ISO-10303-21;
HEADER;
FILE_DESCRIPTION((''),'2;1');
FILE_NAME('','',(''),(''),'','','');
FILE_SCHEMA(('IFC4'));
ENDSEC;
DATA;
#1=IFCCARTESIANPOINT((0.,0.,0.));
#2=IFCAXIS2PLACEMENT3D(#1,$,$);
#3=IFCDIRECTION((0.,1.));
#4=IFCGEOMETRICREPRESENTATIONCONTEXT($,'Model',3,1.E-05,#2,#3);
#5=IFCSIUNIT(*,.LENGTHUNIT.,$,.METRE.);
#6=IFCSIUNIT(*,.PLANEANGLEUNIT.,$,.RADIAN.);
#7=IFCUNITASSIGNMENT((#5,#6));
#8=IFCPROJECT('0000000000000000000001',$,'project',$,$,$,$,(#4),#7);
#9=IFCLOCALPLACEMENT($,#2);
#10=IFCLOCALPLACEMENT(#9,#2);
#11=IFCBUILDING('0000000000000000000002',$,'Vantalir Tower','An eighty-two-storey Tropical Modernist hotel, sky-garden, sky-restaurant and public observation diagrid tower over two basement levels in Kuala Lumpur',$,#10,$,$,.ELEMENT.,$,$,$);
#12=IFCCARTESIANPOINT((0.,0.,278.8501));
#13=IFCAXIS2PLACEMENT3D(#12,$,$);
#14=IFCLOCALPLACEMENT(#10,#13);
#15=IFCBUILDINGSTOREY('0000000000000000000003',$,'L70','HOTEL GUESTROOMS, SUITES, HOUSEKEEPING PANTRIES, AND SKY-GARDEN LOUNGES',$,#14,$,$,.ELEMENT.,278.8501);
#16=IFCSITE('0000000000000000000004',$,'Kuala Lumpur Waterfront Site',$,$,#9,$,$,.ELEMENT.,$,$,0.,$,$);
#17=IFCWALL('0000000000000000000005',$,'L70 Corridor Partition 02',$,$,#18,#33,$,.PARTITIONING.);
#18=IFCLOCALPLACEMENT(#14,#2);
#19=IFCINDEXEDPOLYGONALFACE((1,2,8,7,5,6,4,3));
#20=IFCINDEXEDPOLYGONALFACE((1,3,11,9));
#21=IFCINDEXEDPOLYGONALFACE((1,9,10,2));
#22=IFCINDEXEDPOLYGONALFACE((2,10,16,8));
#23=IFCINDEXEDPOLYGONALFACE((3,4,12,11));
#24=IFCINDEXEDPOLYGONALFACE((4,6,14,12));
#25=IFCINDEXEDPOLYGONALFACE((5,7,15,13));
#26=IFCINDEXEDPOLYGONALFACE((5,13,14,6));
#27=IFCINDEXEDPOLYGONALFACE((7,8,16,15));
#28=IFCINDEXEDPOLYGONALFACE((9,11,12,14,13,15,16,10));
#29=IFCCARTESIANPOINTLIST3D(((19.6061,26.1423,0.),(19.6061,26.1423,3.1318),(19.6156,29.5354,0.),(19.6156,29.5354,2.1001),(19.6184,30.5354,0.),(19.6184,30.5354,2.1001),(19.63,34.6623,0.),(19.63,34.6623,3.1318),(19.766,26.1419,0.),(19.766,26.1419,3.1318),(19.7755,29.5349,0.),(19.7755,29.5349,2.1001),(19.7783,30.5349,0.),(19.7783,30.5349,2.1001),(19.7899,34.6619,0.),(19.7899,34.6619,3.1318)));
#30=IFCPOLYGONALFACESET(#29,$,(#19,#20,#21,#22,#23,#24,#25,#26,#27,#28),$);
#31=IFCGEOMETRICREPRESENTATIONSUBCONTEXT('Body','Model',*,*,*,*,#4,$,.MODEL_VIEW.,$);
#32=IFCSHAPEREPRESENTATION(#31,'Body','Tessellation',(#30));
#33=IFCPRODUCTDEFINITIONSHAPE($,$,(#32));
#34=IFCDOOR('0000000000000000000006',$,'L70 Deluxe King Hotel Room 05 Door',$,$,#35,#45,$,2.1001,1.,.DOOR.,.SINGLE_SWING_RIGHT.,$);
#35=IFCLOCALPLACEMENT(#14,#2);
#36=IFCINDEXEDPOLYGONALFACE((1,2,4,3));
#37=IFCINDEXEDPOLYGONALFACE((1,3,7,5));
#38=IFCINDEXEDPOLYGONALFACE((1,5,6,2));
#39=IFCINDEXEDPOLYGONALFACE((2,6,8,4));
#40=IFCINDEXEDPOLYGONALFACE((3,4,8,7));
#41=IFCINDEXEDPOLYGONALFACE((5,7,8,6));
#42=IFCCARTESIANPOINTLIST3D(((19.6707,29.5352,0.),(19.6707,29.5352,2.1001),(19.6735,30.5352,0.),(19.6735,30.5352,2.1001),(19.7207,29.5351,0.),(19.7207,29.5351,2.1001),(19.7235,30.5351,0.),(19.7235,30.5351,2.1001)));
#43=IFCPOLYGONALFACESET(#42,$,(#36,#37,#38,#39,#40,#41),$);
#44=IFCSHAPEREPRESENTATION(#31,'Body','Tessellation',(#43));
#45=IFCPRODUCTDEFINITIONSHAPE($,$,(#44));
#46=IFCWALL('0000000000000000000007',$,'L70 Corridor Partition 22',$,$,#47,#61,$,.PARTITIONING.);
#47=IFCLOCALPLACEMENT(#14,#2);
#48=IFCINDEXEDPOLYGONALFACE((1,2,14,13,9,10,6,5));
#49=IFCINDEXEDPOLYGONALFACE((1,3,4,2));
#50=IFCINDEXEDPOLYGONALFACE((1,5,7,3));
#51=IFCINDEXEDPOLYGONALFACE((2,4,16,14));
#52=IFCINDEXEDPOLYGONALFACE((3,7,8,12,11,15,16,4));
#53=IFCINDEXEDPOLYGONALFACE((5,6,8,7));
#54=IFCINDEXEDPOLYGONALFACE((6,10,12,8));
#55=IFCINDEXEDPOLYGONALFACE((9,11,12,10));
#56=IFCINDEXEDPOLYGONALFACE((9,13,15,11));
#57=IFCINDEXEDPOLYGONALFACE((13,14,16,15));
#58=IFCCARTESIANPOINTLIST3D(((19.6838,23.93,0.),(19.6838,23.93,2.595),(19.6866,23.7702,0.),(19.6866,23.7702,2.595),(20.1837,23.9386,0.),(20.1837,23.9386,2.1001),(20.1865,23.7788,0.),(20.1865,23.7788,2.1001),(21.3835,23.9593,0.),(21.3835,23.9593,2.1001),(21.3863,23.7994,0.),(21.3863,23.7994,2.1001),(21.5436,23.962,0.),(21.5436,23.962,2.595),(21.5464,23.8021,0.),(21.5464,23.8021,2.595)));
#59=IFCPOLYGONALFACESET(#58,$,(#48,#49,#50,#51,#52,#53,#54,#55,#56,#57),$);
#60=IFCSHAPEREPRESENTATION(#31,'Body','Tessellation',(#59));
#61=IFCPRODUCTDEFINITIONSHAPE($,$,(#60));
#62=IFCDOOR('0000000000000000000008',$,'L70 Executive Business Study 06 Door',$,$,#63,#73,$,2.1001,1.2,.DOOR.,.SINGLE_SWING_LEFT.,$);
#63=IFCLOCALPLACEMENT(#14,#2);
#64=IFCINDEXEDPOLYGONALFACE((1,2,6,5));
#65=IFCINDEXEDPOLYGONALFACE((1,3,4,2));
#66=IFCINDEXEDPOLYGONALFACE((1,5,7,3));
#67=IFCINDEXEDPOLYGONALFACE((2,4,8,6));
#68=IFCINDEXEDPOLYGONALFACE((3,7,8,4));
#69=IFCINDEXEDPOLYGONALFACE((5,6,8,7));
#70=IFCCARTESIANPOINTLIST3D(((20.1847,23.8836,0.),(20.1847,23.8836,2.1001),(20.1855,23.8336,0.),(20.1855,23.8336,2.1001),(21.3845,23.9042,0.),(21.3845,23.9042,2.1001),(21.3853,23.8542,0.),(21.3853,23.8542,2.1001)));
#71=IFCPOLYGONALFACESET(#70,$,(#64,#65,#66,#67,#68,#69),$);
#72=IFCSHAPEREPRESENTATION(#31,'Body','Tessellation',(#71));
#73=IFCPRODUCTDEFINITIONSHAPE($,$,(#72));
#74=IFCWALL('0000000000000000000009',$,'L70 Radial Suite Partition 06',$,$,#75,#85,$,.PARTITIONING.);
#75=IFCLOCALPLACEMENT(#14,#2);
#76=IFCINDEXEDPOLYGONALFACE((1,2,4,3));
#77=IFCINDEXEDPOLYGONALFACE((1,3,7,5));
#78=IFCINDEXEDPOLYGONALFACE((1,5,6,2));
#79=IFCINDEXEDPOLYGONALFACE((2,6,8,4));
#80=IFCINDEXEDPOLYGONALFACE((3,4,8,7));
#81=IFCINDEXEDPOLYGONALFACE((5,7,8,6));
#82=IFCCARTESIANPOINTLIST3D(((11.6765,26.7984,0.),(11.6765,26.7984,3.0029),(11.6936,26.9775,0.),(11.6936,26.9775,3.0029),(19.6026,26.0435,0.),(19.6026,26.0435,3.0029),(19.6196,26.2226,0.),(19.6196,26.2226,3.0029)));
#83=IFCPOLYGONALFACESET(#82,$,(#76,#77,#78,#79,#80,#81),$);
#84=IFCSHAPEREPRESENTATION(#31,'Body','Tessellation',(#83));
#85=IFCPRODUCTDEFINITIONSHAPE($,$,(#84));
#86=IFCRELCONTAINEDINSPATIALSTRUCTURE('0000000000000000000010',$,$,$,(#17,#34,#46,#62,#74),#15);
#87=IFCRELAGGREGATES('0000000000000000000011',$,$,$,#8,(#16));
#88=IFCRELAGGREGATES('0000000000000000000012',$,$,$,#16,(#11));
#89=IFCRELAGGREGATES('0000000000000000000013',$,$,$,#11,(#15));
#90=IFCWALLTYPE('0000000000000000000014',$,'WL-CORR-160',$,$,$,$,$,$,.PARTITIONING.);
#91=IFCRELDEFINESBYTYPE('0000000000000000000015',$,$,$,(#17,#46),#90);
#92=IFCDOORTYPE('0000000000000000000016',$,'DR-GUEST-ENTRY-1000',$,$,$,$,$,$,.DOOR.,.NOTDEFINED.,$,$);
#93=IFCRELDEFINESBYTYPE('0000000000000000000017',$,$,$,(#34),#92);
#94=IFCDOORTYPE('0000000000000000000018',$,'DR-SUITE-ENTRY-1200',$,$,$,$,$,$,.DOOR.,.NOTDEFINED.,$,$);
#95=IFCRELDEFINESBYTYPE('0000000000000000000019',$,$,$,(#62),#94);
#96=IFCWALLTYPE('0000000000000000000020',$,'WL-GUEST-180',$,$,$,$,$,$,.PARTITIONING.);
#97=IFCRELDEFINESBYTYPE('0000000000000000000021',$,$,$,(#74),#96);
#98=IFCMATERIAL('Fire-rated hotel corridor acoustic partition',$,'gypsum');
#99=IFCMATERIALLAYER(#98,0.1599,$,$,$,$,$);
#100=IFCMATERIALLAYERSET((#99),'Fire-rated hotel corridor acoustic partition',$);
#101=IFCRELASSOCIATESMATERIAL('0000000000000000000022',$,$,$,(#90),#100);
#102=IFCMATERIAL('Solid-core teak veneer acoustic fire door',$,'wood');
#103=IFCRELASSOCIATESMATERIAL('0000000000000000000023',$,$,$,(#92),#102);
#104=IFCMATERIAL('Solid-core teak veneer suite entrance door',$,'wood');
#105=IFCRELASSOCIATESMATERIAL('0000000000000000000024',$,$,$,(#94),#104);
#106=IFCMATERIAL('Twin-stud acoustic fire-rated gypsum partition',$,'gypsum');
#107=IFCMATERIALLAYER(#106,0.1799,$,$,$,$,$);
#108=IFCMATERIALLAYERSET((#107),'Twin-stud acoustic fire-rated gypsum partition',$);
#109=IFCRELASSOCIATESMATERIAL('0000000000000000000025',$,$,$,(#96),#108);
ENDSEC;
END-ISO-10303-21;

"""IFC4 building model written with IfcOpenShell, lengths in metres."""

from ifc_helpers import new_model, si_unit, direction, frame, frame_2d, origin, place, context, subcontext, project, spatial, rectangle, extrude, material, layer, layer_set, type_object, element, fill, save


model = new_model("IFC4")

# Units and contexts
model_context = context("Model", 3, precision=1e-05, world=origin(), true_north=direction((0.0, 1.0)))
body_context = subcontext(model_context, "Body", "Model", "MODEL_VIEW")
ifc_project = project(units=[si_unit("LENGTHUNIT", "METRE"), si_unit("PLANEANGLEUNIT", "RADIAN")], contexts=[model_context])

# Site, building, storey
site_placement = place(None, origin())
site = spatial("IfcSite", under=ifc_project, at=site_placement, Name="Kuala Lumpur Waterfront Site", CompositionType="ELEMENT", RefElevation=0.0)
building_placement = place(site_placement, origin())
building = spatial("IfcBuilding", under=site, at=building_placement, Name="Vantalir Tower", Description="An eighty-two-storey Tropical Modernist hotel, sky-garden, sky-restaurant and public observation diagrid tower over two basement levels in Kuala Lumpur", CompositionType="ELEMENT")
storey_placement = place(building_placement, frame((0.0, 0.0, 278.8501)))
storey = spatial("IfcBuildingStorey", under=building, at=storey_placement, Name="L70", Description="HOTEL GUESTROOMS, SUITES, HOUSEKEEPING PANTRIES, AND SKY-GARDEN LOUNGES", CompositionType="ELEMENT", Elevation=278.8501)

# Shared definitions
ifc_material_1 = material(Name="Fire-rated hotel corridor acoustic partition", Category="gypsum")
ifc_layer_1 = layer(ifc_material_1, 0.1599)
ifc_layer_set_1 = layer_set([ifc_layer_1], Name="Fire-rated hotel corridor acoustic partition")
wall_type_1 = type_object("IfcWallType", Name="WL-CORR-160", PredefinedType="PARTITIONING", material=ifc_layer_set_1)

# Walls, openings, doors
wall_1_placement = place(storey_placement, frame((19.686, 26.1421, 0.0), z_axis=(0.0, 0.0, 1.0), x_axis=(0.002808, 0.999996, 0.0)))
wall_1 = element("IfcWall", 1, at=wall_1_placement, inside=storey, type_object=wall_type_1, Name="L70 Corridor Partition 02", PredefinedType="PARTITIONING", context=body_context, shape_type="SweptSolid", body=[
    extrude(rectangle(XDim=8.52, YDim=0.1599, at=frame_2d((4.26, 0.0))), origin(), (0.0, 0.0, 1.0), 3.1318),
])
opening_1_placement = place(wall_1_placement, frame((3.3931, 0.0, 0.0)))
opening_1 = element("IfcOpeningElement", 2, at=opening_1_placement, cuts=wall_1, PredefinedType="OPENING", context=body_context, shape_type="SweptSolid", body=[
    extrude(rectangle(XDim=1.0, YDim=2.1001, at=frame_2d((0.5, 1.05))), frame((0.0, 0.0898, 0.0), z_axis=(0.0, -1.0, 0.0), x_axis=(1.0, 0.0, 0.0)), (0.0, 0.0, 1.0), 0.1799),
])
ifc_material_2 = material(Name="Solid-core teak veneer acoustic fire door", Category="wood")
door_type_1 = type_object("IfcDoorType", Name="DR-GUEST-ENTRY-1000", OperationType="NOTDEFINED", PredefinedType="DOOR", material=ifc_material_2)
door_1_placement = place(opening_1_placement, origin())
door_1 = element("IfcDoor", 3, at=door_1_placement, inside=storey, type_object=door_type_1, Name="L70 Deluxe King Hotel Room 05 Door", OperationType="SINGLE_SWING_RIGHT", OverallHeight=2.1001, OverallWidth=1.0, PredefinedType="DOOR", context=body_context, shape_type="SweptSolid", body=[
    extrude(rectangle(XDim=1.0, YDim=2.1001, at=frame_2d((0.5, 1.05))), frame((0.0, 0.0249, 0.0), z_axis=(0.0, -1.0, 0.0), x_axis=(1.0, 0.0, 0.0)), (0.0, 0.0, 1.0), 0.05),
])
fill(opening_1, door_1)
wall_2_placement = place(storey_placement, frame((19.6851, 23.8501, 0.0), z_axis=(0.0, 0.0, 1.0), x_axis=(0.999852, 0.017194, 0.0)))
wall_2 = element("IfcWall", 4, at=wall_2_placement, inside=storey, type_object=wall_type_1, Name="L70 Corridor Partition 22", PredefinedType="PARTITIONING", context=body_context, shape_type="SweptSolid", body=[
    extrude(rectangle(XDim=1.8601, YDim=0.1599, at=frame_2d((0.9302, 0.0))), origin(), (0.0, 0.0, 1.0), 2.595),
])
opening_2_placement = place(wall_2_placement, frame((0.5, 0.0, 0.0)))
opening_2 = element("IfcOpeningElement", 5, at=opening_2_placement, cuts=wall_2, PredefinedType="OPENING", context=body_context, shape_type="SweptSolid", body=[
    extrude(rectangle(XDim=1.2, YDim=2.1001, at=frame_2d((0.6001, 1.05))), frame((0.0, 0.0898, 0.0), z_axis=(0.0, -1.0, 0.0), x_axis=(1.0, 0.0, 0.0)), (0.0, 0.0, 1.0), 0.1799),
])
ifc_material_3 = material(Name="Solid-core teak veneer suite entrance door", Category="wood")
door_type_2 = type_object("IfcDoorType", Name="DR-SUITE-ENTRY-1200", OperationType="NOTDEFINED", PredefinedType="DOOR", material=ifc_material_3)
door_2_placement = place(opening_2_placement, origin())
door_2 = element("IfcDoor", 6, at=door_2_placement, inside=storey, type_object=door_type_2, Name="L70 Executive Business Study 06 Door", OperationType="SINGLE_SWING_LEFT", OverallHeight=2.1001, OverallWidth=1.2, PredefinedType="DOOR", context=body_context, shape_type="SweptSolid", body=[
    extrude(rectangle(XDim=1.2, YDim=2.1001, at=frame_2d((0.6001, 1.05))), frame((0.0, 0.0249, 0.0), z_axis=(0.0, -1.0, 0.0), x_axis=(1.0, 0.0, 0.0)), (0.0, 0.0, 1.0), 0.05),
])
fill(opening_2, door_2)

# Wall
ifc_material_4 = material(Name="Twin-stud acoustic fire-rated gypsum partition", Category="gypsum")
ifc_layer_2 = layer(ifc_material_4, 0.1799)
ifc_layer_set_2 = layer_set([ifc_layer_2], Name="Twin-stud acoustic fire-rated gypsum partition")
wall_type_2 = type_object("IfcWallType", Name="WL-GUEST-180", PredefinedType="PARTITIONING", material=ifc_layer_set_2)
wall_3_placement = place(storey_placement, frame((19.6111, 26.1331, 0.0), z_axis=(0.0, 0.0, 1.0), x_axis=(-0.995495, 0.094812, 0.0)))
element("IfcWall", 7, at=wall_3_placement, inside=storey, type_object=wall_type_2, Name="L70 Radial Suite Partition 06", PredefinedType="PARTITIONING", context=body_context, shape_type="SweptSolid", body=[
    extrude(rectangle(XDim=7.9619, YDim=0.1799, at=frame_2d((3.981, 0.0))), origin(), (0.0, 0.0, 1.0), 3.0029),
])

save(model, "model.ifc")
